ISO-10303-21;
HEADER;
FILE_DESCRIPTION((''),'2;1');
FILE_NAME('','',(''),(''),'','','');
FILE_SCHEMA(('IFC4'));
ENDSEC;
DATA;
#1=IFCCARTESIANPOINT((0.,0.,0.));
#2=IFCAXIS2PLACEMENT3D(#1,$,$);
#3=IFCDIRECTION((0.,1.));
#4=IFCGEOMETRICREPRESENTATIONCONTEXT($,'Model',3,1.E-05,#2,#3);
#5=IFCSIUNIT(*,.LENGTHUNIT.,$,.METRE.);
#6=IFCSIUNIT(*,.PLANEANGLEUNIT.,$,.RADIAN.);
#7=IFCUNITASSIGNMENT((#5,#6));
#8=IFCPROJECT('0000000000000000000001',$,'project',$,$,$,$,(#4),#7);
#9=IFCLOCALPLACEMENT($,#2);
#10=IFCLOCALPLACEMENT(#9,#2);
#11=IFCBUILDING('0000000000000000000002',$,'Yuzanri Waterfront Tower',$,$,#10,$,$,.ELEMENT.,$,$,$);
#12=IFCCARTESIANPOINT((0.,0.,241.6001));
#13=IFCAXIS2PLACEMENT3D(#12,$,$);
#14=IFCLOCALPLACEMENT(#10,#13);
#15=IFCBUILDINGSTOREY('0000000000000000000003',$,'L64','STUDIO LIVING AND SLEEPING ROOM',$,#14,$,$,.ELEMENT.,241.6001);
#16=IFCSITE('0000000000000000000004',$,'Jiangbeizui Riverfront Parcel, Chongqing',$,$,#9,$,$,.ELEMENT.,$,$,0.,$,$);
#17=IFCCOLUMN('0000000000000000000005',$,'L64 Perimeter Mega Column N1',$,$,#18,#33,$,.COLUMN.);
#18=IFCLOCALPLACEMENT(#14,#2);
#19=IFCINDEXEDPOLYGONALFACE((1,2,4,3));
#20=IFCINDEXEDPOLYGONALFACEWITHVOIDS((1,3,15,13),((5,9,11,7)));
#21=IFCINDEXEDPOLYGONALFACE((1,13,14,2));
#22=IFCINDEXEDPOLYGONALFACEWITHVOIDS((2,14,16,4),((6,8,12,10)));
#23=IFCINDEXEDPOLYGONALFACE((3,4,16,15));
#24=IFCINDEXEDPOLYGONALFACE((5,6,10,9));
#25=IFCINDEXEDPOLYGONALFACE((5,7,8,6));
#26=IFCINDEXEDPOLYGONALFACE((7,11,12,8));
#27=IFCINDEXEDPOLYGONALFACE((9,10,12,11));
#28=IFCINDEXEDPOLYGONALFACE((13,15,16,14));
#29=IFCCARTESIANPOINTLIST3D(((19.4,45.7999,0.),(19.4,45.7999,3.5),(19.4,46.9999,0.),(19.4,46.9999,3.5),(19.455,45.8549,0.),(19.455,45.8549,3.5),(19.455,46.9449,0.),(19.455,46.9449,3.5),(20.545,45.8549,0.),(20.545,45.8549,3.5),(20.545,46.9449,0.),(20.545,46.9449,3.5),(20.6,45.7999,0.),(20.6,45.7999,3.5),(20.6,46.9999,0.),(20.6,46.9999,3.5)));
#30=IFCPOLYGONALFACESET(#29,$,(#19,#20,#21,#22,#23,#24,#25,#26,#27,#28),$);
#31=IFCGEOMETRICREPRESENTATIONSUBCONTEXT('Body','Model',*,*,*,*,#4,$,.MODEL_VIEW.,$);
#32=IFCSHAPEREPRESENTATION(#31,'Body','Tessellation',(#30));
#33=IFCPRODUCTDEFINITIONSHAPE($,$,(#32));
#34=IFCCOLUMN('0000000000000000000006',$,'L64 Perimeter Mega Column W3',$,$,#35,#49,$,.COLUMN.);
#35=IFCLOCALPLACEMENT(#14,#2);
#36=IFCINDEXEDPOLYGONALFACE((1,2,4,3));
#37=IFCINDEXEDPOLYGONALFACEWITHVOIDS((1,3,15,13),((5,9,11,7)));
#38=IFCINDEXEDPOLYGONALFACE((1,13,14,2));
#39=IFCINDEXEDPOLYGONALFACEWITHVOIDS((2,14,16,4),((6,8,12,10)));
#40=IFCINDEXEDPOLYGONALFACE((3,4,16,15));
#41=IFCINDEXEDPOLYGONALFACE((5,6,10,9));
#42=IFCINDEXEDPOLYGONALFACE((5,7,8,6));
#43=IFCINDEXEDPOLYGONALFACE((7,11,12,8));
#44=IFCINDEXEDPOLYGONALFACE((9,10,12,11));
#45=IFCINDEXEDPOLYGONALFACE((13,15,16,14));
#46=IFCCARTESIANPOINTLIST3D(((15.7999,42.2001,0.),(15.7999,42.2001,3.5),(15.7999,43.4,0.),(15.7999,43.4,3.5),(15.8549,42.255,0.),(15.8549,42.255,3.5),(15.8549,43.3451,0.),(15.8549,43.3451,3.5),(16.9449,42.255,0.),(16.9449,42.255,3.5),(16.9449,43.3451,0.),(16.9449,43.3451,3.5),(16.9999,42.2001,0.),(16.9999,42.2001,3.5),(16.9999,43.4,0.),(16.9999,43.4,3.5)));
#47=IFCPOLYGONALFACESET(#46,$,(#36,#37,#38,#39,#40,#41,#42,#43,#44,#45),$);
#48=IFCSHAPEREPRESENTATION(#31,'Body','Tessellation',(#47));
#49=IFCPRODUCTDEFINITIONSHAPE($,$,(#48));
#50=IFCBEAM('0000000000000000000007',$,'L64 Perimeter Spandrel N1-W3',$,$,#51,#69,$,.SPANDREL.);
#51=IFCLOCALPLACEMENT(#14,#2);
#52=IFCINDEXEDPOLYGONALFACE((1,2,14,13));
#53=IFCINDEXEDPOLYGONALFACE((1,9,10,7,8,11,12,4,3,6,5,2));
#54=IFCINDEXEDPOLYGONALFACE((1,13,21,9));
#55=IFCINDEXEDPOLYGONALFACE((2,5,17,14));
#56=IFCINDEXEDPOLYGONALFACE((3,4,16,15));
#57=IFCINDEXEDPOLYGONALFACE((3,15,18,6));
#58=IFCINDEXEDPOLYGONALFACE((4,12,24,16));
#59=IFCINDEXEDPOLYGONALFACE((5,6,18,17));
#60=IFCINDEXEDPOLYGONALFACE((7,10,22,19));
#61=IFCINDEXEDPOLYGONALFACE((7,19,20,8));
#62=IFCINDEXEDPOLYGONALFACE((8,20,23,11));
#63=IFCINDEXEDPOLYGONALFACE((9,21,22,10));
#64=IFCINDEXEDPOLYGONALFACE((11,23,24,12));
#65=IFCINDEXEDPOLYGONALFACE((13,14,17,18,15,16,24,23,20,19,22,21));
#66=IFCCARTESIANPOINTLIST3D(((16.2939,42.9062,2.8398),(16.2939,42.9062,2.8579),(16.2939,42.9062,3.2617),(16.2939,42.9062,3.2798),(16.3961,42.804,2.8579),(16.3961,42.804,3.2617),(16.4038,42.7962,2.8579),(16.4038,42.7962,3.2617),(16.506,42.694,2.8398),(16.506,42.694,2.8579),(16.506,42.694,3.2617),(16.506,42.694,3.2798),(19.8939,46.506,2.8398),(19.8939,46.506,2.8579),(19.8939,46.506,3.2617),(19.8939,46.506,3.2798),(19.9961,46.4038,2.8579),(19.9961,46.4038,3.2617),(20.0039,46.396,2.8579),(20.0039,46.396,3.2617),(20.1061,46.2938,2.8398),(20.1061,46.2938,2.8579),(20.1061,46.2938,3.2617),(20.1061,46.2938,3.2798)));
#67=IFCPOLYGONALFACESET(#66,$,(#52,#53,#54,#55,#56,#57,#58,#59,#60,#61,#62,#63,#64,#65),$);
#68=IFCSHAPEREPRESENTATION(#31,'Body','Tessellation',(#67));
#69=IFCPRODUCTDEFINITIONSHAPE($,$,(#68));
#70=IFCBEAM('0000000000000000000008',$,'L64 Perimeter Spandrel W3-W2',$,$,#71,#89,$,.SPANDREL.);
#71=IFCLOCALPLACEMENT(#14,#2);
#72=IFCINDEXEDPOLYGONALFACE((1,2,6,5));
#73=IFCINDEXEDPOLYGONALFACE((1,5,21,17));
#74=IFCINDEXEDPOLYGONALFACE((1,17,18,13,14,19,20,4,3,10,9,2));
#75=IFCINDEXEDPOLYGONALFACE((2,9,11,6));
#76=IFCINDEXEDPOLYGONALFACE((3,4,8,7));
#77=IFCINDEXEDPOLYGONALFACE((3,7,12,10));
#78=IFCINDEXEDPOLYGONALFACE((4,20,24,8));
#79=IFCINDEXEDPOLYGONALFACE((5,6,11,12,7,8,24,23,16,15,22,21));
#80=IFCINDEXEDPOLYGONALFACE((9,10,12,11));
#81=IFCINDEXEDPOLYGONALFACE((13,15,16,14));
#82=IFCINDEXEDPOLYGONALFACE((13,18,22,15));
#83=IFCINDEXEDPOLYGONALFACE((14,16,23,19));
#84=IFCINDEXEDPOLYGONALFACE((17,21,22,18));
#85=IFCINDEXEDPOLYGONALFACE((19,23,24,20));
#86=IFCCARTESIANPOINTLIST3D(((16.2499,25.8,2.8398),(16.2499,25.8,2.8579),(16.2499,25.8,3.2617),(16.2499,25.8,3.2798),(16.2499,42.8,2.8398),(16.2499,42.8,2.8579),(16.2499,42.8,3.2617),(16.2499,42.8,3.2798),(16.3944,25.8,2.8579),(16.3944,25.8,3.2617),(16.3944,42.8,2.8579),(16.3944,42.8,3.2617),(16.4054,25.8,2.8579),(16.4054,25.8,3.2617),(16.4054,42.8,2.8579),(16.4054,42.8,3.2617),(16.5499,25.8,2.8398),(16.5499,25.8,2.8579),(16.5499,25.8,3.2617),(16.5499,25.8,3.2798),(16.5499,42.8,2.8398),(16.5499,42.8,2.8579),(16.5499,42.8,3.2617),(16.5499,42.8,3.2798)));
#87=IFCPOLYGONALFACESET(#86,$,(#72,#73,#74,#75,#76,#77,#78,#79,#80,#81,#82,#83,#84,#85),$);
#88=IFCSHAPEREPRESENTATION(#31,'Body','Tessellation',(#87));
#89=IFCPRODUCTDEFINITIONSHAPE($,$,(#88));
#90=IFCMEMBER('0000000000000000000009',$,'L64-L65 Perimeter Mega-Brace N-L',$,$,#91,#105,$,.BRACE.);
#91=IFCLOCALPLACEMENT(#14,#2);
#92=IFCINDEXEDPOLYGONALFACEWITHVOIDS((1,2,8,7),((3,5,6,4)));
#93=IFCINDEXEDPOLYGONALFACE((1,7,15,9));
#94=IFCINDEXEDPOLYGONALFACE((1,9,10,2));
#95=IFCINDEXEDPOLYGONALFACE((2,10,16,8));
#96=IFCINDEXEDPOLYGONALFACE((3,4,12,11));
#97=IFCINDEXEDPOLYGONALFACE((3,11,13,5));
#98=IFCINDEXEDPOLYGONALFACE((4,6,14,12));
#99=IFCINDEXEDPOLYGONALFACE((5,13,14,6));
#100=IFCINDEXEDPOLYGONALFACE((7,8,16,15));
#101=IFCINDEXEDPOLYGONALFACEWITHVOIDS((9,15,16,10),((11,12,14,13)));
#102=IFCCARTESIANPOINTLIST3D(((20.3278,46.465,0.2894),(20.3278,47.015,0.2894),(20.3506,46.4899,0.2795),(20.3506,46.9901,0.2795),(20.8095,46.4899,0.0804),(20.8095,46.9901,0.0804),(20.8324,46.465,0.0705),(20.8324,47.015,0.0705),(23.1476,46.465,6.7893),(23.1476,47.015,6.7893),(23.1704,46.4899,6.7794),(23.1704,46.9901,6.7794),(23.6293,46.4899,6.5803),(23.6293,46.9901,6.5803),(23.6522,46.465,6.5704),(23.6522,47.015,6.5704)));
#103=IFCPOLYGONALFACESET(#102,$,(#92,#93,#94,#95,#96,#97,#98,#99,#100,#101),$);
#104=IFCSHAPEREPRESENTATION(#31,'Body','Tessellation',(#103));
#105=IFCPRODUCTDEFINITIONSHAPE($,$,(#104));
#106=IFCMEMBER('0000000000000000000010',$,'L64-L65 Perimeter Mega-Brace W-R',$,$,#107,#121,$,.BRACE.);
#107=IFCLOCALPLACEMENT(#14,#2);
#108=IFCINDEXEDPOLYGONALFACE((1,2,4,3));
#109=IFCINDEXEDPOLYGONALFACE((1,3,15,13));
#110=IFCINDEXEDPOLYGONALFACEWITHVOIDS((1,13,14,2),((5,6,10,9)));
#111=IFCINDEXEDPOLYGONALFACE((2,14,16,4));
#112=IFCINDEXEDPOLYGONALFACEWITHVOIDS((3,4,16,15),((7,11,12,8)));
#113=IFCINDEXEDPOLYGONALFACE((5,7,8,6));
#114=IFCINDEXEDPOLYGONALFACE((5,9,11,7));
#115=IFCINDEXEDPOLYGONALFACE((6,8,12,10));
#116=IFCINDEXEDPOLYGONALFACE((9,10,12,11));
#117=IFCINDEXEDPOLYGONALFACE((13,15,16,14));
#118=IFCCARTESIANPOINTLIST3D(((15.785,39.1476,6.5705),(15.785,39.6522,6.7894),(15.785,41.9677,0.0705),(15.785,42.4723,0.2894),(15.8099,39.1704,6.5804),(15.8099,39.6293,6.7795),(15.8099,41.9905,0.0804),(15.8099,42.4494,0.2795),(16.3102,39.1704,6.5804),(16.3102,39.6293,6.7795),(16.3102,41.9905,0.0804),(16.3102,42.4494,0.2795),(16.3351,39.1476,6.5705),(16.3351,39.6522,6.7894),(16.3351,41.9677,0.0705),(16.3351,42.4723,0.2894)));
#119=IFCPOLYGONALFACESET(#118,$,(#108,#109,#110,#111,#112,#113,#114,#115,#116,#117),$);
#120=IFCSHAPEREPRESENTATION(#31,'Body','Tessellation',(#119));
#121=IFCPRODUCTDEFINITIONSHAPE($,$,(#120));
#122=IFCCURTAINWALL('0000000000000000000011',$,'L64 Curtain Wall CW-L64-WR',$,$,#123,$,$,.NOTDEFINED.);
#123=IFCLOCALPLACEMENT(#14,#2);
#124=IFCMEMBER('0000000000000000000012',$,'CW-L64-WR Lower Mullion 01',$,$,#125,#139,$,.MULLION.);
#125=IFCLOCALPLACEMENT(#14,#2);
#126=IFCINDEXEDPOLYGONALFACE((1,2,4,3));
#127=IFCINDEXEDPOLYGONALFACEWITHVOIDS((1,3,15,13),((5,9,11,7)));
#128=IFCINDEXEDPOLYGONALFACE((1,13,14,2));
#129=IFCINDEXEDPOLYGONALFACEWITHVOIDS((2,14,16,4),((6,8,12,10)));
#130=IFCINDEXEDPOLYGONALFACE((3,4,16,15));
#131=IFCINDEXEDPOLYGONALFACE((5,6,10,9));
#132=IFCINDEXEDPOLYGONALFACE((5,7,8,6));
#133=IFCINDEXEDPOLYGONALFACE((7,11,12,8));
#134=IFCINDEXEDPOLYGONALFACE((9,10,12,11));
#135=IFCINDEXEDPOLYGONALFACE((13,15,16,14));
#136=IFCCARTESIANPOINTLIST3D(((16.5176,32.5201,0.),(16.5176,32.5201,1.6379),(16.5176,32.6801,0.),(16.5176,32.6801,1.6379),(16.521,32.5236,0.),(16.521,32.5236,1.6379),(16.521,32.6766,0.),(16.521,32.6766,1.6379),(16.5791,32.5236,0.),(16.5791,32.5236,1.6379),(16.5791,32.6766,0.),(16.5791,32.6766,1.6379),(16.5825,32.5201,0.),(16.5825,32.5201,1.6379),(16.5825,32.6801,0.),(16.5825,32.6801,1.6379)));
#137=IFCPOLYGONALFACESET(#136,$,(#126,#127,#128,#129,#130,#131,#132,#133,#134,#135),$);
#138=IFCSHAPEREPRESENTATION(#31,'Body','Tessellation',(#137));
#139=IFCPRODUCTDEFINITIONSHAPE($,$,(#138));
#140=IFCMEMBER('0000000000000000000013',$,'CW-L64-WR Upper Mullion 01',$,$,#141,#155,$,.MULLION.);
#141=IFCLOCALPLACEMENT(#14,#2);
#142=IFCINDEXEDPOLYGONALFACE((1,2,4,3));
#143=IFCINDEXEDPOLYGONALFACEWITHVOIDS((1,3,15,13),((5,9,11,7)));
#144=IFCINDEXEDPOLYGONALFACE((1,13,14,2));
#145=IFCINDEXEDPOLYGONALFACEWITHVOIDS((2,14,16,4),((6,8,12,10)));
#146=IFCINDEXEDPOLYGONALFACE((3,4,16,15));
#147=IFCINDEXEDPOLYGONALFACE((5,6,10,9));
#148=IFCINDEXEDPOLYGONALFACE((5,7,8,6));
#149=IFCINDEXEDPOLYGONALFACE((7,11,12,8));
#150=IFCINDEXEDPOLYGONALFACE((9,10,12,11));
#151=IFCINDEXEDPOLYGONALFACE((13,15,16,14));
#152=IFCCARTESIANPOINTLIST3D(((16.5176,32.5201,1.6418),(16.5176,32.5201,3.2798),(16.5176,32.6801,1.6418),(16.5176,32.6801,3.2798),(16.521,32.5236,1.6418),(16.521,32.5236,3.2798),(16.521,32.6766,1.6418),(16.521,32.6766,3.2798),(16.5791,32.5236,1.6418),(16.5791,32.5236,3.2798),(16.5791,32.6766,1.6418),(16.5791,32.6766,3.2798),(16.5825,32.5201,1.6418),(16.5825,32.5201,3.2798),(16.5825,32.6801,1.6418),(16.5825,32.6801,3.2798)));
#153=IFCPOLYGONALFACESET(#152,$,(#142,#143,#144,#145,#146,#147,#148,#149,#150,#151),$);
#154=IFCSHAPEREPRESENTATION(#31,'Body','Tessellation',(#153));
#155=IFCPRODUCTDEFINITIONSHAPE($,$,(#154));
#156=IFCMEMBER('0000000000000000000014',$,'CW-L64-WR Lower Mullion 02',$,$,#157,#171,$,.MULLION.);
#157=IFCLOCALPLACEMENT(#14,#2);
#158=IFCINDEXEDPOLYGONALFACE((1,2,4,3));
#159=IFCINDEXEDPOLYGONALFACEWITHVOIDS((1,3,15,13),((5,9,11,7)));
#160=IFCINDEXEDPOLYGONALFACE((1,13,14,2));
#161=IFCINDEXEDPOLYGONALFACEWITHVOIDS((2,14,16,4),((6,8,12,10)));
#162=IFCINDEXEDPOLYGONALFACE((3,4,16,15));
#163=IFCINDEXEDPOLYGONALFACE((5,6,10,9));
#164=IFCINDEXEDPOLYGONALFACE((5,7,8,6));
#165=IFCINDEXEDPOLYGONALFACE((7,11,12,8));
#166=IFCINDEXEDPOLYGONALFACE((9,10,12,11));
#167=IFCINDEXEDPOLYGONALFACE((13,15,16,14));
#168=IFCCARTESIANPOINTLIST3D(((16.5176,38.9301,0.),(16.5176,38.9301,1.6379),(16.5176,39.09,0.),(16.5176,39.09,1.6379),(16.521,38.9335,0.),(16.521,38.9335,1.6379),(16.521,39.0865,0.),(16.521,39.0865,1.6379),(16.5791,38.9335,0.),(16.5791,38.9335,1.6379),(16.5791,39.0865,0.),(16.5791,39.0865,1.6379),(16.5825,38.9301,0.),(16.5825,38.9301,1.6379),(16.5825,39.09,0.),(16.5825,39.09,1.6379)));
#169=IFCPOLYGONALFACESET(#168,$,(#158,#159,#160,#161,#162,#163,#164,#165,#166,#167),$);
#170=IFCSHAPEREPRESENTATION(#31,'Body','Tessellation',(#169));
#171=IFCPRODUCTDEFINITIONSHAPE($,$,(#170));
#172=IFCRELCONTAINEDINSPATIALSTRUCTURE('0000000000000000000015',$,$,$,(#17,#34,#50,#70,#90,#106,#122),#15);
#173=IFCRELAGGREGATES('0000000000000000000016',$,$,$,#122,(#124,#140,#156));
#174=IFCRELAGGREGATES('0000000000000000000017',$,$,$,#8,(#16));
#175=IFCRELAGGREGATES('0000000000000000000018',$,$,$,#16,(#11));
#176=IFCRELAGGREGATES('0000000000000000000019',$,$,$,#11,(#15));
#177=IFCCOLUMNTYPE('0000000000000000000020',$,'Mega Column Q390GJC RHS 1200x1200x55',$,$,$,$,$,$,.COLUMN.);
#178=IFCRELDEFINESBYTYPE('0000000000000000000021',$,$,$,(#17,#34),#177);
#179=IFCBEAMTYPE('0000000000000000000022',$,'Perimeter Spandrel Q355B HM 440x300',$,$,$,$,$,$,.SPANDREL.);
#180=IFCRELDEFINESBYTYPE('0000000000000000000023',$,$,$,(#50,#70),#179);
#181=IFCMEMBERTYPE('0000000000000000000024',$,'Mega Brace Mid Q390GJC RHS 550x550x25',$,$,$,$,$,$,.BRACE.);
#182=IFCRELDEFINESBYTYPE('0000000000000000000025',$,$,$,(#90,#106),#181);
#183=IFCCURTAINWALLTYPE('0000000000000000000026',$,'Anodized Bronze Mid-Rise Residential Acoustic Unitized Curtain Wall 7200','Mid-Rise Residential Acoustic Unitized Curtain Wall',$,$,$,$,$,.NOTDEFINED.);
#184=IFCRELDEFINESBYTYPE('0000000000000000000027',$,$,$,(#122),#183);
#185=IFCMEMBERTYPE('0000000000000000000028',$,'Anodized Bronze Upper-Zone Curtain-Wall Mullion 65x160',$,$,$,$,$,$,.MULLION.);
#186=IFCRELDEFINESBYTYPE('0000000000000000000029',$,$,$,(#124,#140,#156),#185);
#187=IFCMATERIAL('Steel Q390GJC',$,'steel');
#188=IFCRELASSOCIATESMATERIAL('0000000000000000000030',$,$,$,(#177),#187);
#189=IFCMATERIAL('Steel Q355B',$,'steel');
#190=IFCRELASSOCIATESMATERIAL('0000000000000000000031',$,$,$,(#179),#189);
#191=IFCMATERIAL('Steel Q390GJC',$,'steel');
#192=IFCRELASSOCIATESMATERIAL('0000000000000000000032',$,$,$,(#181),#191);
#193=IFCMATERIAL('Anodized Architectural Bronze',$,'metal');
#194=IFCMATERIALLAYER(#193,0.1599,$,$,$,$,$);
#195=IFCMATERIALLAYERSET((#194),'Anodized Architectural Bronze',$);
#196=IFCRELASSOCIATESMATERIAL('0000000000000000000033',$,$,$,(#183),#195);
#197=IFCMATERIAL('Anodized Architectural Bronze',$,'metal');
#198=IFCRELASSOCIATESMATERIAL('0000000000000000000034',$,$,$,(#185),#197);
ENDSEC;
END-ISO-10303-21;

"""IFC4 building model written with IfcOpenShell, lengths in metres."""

from ifc_helpers import new_model, si_unit, direction, frame, origin, origin_2d, place, context, subcontext, project, spatial, hollow_rectangle, i_section, extrude, source, transform, mapped, material, layer, layer_set, material_profile, profile_set, type_object, element, aggregate, save


model = new_model("IFC4")

# Units and contexts
model_context = context("Model", 3, precision=1e-05, world=origin(), true_north=direction((0.0, 1.0)))
body_context = subcontext(model_context, "Body", "Model", "MODEL_VIEW")
ifc_project = project(units=[si_unit("LENGTHUNIT", "METRE"), si_unit("PLANEANGLEUNIT", "RADIAN")], contexts=[model_context])

# Site, building, storey
site_placement = place(None, origin())
site = spatial("IfcSite", under=ifc_project, at=site_placement, Name="Jiangbeizui Riverfront Parcel, Chongqing", CompositionType="ELEMENT", RefElevation=0.0)
building_placement = place(site_placement, origin())
building = spatial("IfcBuilding", under=site, at=building_placement, Name="Yuzanri Waterfront Tower", CompositionType="ELEMENT")
storey_placement = place(building_placement, frame((0.0, 0.0, 241.6001)))
storey = spatial("IfcBuildingStorey", under=building, at=storey_placement, Name="L64", Description="STUDIO LIVING AND SLEEPING ROOM", CompositionType="ELEMENT", Elevation=241.6001)

# Columns
ifc_material_1 = material(Name="Steel Q390GJC", Category="steel")
ifc_material_profile_1 = material_profile(ifc_material_1, hollow_rectangle(XDim=1.2, YDim=1.2, WallThickness=0.0549, at=origin_2d()), Name="RHS 1200x1200x55")
ifc_profile_set_1 = profile_set([ifc_material_profile_1], Name="Steel Q390GJC")
column_type = type_object("IfcColumnType", Name="Mega Column Q390GJC RHS 1200x1200x55", PredefinedType="COLUMN", material=ifc_profile_set_1)
shared_shape_1 = source(origin(), body_context, "Body", "SweptSolid", [
    extrude(hollow_rectangle(XDim=1.2, YDim=1.2, WallThickness=0.0549, at=origin_2d()), origin(), (0.0, 0.0, 1.0), 3.5),
])
for number, where, z_axis, x_axis, name in (
    (1, (20.0, 46.3999, 0.0), (0.0, 0.0, 1.0), (1.0, 0.0, 0.0), "L64 Perimeter Mega Column N1"),
    (2, (16.3999, 42.8, 0.0), (0.0, 0.0, 1.0), (1.0, 0.0, 0.0), "L64 Perimeter Mega Column W3"),
):
    element("IfcColumn", number, at=place(storey_placement, frame(where, z_axis=z_axis, x_axis=x_axis)), inside=storey, type_object=column_type, Name=name, PredefinedType="COLUMN", context=body_context, shape_type="MappedRepresentation", body=[
        mapped(shared_shape_1, transform((0.0, 0.0, 0.0), scale=1.0)),
    ])

# Beams
ifc_material_2 = material(Name="Steel Q355B", Category="steel")
ifc_material_profile_2 = material_profile(ifc_material_2, i_section(OverallWidth=0.3, OverallDepth=0.4399, WebThickness=0.011, FlangeThickness=0.0181, at=origin_2d()), Name="HM 440x300x11x18")
ifc_profile_set_2 = profile_set([ifc_material_profile_2], Name="Steel Q355B")
beam_type = type_object("IfcBeamType", Name="Perimeter Spandrel Q355B HM 440x300", PredefinedType="SPANDREL", material=ifc_profile_set_2)
shared_shape_2 = source(origin(), body_context, "Body", "SweptSolid", [
    extrude(i_section(OverallWidth=0.3, OverallDepth=0.4399, WebThickness=0.011, FlangeThickness=0.0181, at=origin_2d()), origin(), (0.0, 0.0, 1.0), 5.0911),
])
beam_1_placement = place(storey_placement, frame((20.0, 46.3999, 3.0598), z_axis=(-0.707131, -0.707083, 0.0), x_axis=(0.707083, -0.707131, 0.0)))
element("IfcBeam", 3, at=beam_1_placement, inside=storey, type_object=beam_type, Name="L64 Perimeter Spandrel N1-W3", PredefinedType="SPANDREL", context=body_context, shape_type="MappedRepresentation", body=[
    mapped(shared_shape_2, transform((0.0, 0.0, 0.0), scale=1.0)),
])
shared_shape_3 = source(origin(), body_context, "Body", "SweptSolid", [
    extrude(i_section(OverallWidth=0.3, OverallDepth=0.4399, WebThickness=0.011, FlangeThickness=0.0181, at=origin_2d()), origin(), (0.0, 0.0, 1.0), 17.0),
])
beam_2_placement = place(storey_placement, frame((16.3999, 42.8, 3.0598), z_axis=(0.0, -1.0, 0.0), x_axis=(1.0, 0.0, 0.0)))
element("IfcBeam", 4, at=beam_2_placement, inside=storey, type_object=beam_type, Name="L64 Perimeter Spandrel W3-W2", PredefinedType="SPANDREL", context=body_context, shape_type="MappedRepresentation", body=[
    mapped(shared_shape_3, transform((0.0, 0.0, 0.0), scale=1.0)),
])

# Members
ifc_material_3 = material(Name="Steel Q390GJC", Category="steel")
ifc_material_profile_3 = material_profile(ifc_material_3, hollow_rectangle(XDim=0.55, YDim=0.55, WallThickness=0.0249, at=origin_2d()), Name="RHS 550x550x25")
ifc_profile_set_3 = profile_set([ifc_material_profile_3], Name="Steel Q390GJC")
member_type_1 = type_object("IfcMemberType", Name="Mega Brace Mid Q390GJC RHS 550x550x25", PredefinedType="BRACE", material=ifc_profile_set_3)
shared_shape_4 = source(origin(), body_context, "Body", "SweptSolid", [
    extrude(hollow_rectangle(XDim=0.55, YDim=0.55, WallThickness=0.0249, at=origin_2d()), origin(), (0.0, 0.0, 1.0), 7.0852),
])
member_1_placement = place(storey_placement, frame((20.5801, 46.74, 0.1799), z_axis=(0.397983, 0.0, 0.917393), x_axis=(0.0, 1.0, 0.0)))
element("IfcMember", 5, at=member_1_placement, inside=storey, type_object=member_type_1, Name="L64-L65 Perimeter Mega-Brace N-L", PredefinedType="BRACE", context=body_context, shape_type="MappedRepresentation", body=[
    mapped(shared_shape_4, transform((0.0, 0.0, 0.0), scale=1.0)),
])
shared_shape_5 = source(origin(), body_context, "Body", "SweptSolid", [
    extrude(hollow_rectangle(XDim=0.55, YDim=0.55, WallThickness=0.0249, at=origin_2d()), origin(), (0.0, 0.0, 1.0), 7.0854),
])
member_2_placement = place(storey_placement, frame((16.0601, 42.22, 0.1799), z_axis=(0.0, -0.398012, 0.91738), x_axis=(1.0, 0.0, 0.0)))
element("IfcMember", 6, at=member_2_placement, inside=storey, type_object=member_type_1, Name="L64-L65 Perimeter Mega-Brace W-R", PredefinedType="BRACE", context=body_context, shape_type="MappedRepresentation", body=[
    mapped(shared_shape_5, transform((0.0, 0.0, 0.0), scale=1.0)),
])

# Curtain wall, members
ifc_material_4 = material(Name="Anodized Architectural Bronze", Category="metal")
ifc_layer_1 = layer(ifc_material_4, 0.1599)
ifc_layer_set_1 = layer_set([ifc_layer_1], Name="Anodized Architectural Bronze")
curtain_wall_type = type_object("IfcCurtainWallType", Name="Anodized Bronze Mid-Rise Residential Acoustic Unitized Curtain Wall 7200", Description="Mid-Rise Residential Acoustic Unitized Curtain Wall", PredefinedType="NOTDEFINED", material=ifc_layer_set_1)
curtain_wall_placement = place(storey_placement, origin())
curtain_wall = element("IfcCurtainWall", 7, at=curtain_wall_placement, inside=storey, type_object=curtain_wall_type, Name="L64 Curtain Wall CW-L64-WR", PredefinedType="NOTDEFINED")
ifc_material_5 = material(Name="Anodized Architectural Bronze", Category="metal")
ifc_material_profile_4 = material_profile(ifc_material_5, hollow_rectangle(XDim=0.0649, YDim=0.1599, WallThickness=0.0034, at=origin_2d()), Name="CWM 65x160")
ifc_profile_set_4 = profile_set([ifc_material_profile_4], Name="Anodized Architectural Bronze")
member_type_2 = type_object("IfcMemberType", Name="Anodized Bronze Upper-Zone Curtain-Wall Mullion 65x160", PredefinedType="MULLION", material=ifc_profile_set_4)
shared_shape_6 = source(origin(), body_context, "Body", "SweptSolid", [
    extrude(hollow_rectangle(XDim=0.0649, YDim=0.1599, WallThickness=0.0034, at=origin_2d()), origin(), (0.0, 0.0, 1.0), 1.6379),
])
member_3_placement = place(storey_placement, frame((16.55, 32.6001, 0.0), z_axis=(0.0, 0.0, 1.0), x_axis=(1.0, 0.0, 0.0)))
member_3 = element("IfcMember", 8, at=member_3_placement, type_object=member_type_2, Name="CW-L64-WR Lower Mullion 01", PredefinedType="MULLION", context=body_context, shape_type="MappedRepresentation", body=[
    mapped(shared_shape_6, transform((0.0, 0.0, 0.0), scale=1.0)),
])
member_4_placement = place(storey_placement, frame((16.55, 32.6001, 1.6418), z_axis=(0.0, 0.0, 1.0), x_axis=(1.0, 0.0, 0.0)))
member_4 = element("IfcMember", 9, at=member_4_placement, type_object=member_type_2, Name="CW-L64-WR Upper Mullion 01", PredefinedType="MULLION", context=body_context, shape_type="MappedRepresentation", body=[
    mapped(shared_shape_6, transform((0.0, 0.0, 0.0), scale=1.0)),
])
member_5_placement = place(storey_placement, frame((16.55, 39.01, 0.0), z_axis=(0.0, 0.0, 1.0), x_axis=(1.0, 0.0, 0.0)))
member_5 = element("IfcMember", 10, at=member_5_placement, type_object=member_type_2, Name="CW-L64-WR Lower Mullion 02", PredefinedType="MULLION", context=body_context, shape_type="MappedRepresentation", body=[
    mapped(shared_shape_6, transform((0.0, 0.0, 0.0), scale=1.0)),
])

aggregate(curtain_wall, [member_3, member_4, member_5])

save(model, "model.ifc")
